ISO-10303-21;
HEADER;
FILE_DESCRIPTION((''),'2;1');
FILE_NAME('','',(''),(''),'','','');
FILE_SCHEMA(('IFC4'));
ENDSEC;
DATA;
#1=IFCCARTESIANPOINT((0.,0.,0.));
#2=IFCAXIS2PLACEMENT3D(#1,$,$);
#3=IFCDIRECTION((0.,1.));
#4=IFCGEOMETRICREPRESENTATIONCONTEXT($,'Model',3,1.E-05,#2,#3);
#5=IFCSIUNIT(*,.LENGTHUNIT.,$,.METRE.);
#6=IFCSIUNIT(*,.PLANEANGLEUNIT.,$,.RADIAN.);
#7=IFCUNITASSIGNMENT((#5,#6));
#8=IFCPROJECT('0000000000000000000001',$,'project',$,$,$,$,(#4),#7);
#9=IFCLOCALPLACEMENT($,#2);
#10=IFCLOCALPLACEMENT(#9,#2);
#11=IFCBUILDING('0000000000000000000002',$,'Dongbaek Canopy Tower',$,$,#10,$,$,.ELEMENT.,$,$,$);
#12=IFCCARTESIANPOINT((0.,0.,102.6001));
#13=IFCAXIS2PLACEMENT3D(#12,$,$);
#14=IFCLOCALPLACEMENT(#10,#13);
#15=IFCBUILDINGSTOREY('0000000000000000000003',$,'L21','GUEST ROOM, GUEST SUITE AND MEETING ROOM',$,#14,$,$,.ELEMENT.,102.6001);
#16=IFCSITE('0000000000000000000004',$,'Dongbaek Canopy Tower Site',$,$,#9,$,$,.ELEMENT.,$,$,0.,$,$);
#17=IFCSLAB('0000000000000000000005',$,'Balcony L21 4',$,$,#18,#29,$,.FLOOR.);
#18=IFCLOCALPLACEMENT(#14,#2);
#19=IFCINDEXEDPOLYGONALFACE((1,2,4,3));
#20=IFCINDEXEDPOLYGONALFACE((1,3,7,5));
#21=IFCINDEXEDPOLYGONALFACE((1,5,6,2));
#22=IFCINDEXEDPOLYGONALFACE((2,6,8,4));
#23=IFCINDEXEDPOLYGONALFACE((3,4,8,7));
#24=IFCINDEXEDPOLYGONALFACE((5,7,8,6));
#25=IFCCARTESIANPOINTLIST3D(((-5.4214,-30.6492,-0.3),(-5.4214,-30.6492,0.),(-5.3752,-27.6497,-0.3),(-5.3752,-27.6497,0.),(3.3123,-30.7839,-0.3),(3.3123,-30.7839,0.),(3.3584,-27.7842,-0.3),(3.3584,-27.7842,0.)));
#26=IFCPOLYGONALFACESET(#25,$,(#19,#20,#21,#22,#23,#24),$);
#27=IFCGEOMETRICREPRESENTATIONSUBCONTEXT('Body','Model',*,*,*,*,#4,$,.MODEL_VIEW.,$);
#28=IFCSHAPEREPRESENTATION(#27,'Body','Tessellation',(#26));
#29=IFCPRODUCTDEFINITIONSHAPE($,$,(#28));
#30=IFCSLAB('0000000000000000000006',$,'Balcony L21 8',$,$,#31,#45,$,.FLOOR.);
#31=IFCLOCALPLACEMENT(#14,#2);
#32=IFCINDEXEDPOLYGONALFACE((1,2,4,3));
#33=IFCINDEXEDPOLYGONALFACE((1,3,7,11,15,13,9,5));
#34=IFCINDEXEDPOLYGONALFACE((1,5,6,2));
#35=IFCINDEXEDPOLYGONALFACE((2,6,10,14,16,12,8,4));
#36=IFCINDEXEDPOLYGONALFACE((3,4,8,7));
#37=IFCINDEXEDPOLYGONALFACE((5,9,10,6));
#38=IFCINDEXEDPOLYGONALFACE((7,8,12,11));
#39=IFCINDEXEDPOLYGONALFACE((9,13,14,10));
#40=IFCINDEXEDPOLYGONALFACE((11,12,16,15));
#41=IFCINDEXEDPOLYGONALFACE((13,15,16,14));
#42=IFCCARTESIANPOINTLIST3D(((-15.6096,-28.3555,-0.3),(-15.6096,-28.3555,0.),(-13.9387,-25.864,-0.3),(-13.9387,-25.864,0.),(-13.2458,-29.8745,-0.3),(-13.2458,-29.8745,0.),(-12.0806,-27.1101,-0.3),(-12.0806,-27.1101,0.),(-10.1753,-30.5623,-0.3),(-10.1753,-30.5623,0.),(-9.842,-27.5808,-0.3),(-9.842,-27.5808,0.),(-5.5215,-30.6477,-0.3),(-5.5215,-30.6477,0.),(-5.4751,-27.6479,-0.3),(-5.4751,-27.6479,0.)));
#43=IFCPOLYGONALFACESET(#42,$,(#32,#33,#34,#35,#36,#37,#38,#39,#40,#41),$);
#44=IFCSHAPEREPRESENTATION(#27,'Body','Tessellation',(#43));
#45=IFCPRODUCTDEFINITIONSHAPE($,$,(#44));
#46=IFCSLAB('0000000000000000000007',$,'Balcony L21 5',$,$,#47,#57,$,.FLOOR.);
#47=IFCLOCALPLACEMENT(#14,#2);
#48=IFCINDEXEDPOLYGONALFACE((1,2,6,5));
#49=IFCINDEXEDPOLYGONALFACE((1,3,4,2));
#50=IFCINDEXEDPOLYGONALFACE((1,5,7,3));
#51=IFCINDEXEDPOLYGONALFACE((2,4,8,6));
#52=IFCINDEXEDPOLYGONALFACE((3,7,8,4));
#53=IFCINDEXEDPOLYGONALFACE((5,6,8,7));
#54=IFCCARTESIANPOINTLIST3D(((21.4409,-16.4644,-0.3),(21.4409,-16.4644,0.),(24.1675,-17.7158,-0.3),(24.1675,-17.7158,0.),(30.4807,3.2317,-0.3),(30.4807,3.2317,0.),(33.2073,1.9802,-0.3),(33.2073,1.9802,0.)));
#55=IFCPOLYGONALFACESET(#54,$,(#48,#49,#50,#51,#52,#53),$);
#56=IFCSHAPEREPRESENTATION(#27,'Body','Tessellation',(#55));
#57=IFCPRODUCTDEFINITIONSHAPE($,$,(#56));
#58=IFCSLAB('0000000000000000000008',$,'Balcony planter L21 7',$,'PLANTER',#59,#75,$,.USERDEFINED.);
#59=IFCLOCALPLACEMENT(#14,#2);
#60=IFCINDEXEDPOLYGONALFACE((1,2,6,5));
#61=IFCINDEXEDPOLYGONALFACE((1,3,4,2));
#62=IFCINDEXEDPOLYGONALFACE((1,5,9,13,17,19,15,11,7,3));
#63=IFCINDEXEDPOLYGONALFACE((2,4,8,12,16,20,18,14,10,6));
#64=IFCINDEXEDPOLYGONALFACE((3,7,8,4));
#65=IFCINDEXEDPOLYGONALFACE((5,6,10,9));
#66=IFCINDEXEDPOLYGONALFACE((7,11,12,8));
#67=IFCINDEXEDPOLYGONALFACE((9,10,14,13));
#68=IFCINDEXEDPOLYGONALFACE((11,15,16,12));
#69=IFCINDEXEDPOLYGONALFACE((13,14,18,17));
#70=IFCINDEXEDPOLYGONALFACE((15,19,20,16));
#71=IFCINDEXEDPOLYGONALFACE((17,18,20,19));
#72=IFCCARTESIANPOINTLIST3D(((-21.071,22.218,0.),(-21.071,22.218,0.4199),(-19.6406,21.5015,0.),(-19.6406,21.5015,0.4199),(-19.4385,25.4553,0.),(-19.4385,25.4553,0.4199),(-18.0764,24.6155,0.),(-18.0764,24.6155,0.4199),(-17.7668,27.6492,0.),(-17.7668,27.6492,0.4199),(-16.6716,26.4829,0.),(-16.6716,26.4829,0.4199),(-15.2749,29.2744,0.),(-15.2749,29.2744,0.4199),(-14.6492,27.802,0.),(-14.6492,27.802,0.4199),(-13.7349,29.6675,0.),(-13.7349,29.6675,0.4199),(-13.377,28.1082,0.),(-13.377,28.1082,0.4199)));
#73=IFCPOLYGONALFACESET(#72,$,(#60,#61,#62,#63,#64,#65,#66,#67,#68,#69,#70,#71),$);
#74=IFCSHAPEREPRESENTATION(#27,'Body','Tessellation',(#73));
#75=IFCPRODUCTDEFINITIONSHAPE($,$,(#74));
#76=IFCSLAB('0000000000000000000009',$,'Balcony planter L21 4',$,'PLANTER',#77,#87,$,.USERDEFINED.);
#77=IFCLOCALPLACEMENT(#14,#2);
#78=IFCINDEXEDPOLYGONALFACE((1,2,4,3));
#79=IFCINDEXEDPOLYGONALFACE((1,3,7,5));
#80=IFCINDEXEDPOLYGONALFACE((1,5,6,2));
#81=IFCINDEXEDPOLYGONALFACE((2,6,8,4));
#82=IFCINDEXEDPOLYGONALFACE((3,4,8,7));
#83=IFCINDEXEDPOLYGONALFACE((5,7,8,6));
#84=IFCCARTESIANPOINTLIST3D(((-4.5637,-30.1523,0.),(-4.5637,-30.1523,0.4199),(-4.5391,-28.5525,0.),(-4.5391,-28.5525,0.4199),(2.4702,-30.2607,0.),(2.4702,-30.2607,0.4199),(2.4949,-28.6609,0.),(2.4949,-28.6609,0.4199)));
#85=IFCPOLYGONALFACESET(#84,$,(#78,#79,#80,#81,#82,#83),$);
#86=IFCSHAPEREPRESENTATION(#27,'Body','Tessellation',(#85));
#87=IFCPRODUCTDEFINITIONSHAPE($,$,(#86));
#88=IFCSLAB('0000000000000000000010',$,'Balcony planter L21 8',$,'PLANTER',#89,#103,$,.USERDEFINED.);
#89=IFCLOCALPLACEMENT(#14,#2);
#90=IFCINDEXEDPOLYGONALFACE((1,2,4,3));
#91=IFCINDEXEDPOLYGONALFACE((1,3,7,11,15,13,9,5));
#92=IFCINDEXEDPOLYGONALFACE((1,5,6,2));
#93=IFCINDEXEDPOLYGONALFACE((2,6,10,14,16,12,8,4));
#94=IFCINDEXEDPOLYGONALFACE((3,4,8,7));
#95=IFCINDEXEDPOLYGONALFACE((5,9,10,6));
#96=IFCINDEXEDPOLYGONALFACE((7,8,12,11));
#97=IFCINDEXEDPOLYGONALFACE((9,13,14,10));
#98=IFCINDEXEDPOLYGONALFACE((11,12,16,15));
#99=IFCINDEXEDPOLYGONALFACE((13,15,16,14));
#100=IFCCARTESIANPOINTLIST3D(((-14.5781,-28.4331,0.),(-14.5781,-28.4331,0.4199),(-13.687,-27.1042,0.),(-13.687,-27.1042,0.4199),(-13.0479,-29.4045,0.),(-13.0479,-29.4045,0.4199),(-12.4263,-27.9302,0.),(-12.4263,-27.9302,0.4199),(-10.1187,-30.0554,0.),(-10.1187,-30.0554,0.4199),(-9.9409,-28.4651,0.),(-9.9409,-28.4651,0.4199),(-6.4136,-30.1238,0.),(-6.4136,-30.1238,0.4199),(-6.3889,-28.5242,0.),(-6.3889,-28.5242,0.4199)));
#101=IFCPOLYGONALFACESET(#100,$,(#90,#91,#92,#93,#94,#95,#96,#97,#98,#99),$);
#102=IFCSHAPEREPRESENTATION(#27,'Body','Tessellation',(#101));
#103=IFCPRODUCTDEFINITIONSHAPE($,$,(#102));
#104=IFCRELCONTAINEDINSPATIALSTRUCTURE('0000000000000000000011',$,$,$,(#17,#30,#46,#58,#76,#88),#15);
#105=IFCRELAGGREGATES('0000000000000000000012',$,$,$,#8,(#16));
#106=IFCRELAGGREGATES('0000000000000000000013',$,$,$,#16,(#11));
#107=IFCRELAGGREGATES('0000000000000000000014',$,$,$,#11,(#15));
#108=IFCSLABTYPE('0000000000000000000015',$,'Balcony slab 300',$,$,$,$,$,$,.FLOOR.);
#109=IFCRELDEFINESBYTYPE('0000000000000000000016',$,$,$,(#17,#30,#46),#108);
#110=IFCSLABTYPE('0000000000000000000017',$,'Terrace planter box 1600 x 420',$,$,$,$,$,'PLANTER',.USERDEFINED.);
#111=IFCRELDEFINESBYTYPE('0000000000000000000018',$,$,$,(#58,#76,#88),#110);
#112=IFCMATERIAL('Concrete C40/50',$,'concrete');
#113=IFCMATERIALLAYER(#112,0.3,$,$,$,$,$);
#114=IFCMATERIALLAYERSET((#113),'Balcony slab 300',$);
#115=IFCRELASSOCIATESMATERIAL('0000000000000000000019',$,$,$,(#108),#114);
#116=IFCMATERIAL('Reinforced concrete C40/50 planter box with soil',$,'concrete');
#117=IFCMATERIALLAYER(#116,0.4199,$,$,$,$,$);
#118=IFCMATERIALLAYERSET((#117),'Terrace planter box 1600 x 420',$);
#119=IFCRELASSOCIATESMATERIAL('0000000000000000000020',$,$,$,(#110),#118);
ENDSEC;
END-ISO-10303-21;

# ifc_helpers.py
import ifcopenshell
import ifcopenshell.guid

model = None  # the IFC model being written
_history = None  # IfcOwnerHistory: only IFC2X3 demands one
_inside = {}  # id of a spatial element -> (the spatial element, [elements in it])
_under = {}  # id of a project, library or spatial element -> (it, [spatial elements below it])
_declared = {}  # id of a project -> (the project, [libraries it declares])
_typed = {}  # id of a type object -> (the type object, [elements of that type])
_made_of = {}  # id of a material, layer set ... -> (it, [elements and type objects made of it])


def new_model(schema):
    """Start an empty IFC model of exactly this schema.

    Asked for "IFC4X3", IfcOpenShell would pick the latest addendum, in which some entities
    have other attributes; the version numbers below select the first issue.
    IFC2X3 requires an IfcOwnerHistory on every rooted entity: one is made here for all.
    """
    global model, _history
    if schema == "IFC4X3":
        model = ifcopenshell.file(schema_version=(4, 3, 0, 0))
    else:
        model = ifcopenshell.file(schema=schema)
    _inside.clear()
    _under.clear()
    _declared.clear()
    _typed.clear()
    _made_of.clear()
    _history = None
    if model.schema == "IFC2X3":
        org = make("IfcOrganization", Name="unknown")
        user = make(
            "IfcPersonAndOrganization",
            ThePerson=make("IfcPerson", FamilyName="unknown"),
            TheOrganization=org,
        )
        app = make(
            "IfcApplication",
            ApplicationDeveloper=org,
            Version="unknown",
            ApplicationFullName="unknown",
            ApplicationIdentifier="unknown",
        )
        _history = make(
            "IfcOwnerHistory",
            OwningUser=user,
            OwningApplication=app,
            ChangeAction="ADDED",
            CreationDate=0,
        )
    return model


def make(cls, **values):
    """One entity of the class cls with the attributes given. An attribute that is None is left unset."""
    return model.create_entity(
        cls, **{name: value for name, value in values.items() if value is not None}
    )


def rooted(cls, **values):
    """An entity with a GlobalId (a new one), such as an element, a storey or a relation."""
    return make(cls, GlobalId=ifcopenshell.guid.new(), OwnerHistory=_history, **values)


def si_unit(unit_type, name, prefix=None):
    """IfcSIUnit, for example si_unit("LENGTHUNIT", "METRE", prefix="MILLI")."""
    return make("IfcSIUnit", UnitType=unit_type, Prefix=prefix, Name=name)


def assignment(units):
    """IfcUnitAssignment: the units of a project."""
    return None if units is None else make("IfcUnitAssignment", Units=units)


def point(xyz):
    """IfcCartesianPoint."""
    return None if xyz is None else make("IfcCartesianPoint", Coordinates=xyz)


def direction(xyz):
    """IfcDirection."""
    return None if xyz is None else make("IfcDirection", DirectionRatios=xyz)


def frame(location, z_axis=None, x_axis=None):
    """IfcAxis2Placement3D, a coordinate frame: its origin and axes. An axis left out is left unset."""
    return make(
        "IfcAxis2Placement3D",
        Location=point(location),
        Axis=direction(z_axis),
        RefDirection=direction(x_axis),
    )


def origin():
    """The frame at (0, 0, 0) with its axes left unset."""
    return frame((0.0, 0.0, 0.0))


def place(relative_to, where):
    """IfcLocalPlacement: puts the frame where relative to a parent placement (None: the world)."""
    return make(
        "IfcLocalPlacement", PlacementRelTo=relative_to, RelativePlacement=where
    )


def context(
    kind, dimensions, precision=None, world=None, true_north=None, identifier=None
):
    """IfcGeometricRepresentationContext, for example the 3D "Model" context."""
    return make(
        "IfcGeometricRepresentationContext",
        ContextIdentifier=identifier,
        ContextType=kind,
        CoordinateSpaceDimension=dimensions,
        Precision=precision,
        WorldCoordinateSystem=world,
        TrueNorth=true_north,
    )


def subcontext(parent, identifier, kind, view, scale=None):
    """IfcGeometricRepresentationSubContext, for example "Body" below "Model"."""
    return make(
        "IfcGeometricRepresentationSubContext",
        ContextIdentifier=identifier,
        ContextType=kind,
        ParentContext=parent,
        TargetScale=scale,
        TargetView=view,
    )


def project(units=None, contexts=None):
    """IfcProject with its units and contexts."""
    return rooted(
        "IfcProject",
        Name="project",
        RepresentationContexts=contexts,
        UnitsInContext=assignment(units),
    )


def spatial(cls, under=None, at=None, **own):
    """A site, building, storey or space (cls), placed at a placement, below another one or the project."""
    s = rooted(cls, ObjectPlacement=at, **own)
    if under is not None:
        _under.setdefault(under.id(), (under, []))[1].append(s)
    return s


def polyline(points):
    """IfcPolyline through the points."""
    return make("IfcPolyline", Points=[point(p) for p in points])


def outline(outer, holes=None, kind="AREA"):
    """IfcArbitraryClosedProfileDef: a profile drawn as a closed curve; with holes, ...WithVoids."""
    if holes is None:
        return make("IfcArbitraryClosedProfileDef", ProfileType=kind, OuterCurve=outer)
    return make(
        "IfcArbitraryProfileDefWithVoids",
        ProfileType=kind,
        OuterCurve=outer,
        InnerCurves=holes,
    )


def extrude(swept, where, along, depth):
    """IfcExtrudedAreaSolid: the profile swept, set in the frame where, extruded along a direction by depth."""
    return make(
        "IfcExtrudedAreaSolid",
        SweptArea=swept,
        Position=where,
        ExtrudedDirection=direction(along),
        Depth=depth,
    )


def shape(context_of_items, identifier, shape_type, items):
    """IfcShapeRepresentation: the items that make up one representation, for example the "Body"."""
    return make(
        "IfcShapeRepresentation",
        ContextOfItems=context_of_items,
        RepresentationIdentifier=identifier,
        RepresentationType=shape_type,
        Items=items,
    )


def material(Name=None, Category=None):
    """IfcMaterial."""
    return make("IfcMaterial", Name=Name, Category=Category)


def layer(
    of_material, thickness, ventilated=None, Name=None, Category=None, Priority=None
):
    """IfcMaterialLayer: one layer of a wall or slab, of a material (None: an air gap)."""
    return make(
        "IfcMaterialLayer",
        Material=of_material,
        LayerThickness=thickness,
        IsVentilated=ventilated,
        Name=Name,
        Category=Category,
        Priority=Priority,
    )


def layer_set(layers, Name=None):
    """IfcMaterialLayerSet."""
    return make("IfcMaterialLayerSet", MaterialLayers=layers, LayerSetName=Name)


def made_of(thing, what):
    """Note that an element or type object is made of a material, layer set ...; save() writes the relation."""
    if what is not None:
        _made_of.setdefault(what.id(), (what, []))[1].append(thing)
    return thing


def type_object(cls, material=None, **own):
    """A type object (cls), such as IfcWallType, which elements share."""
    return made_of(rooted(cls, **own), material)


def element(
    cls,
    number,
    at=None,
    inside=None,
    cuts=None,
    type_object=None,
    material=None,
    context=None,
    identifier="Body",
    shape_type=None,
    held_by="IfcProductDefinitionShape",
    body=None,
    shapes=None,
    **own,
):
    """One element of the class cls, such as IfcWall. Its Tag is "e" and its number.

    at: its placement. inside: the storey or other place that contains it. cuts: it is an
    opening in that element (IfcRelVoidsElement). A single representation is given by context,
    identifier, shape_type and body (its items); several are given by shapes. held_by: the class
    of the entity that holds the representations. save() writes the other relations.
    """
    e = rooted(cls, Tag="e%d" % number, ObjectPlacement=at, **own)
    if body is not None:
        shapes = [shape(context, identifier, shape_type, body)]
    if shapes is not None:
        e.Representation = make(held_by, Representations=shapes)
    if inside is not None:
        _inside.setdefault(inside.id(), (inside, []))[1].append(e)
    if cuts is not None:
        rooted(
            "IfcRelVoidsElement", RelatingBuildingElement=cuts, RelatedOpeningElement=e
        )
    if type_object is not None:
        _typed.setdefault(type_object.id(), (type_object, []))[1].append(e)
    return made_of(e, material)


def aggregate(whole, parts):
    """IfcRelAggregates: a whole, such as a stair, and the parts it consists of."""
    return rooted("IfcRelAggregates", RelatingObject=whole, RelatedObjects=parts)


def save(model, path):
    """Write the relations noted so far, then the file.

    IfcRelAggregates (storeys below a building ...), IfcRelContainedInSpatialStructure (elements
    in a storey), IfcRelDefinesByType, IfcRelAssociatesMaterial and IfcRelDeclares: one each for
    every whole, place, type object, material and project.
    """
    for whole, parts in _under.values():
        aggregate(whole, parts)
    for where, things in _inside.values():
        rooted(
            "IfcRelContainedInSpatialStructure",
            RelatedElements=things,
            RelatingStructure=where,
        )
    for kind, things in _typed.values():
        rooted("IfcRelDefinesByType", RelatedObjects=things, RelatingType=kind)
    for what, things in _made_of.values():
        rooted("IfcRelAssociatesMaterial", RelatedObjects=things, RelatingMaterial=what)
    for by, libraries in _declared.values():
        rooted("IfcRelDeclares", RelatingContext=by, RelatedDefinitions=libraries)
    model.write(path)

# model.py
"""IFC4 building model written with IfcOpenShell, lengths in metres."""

from ifc_helpers import new_model, si_unit, direction, frame, origin, place, context, subcontext, project, spatial, polyline, outline, extrude, material, layer, layer_set, type_object, element, save


model = new_model("IFC4")

# Units and contexts
model_context = context("Model", 3, precision=1e-05, world=origin(), true_north=direction((0.0, 1.0)))
body_context = subcontext(model_context, "Body", "Model", "MODEL_VIEW")
ifc_project = project(units=[si_unit("LENGTHUNIT", "METRE"), si_unit("PLANEANGLEUNIT", "RADIAN")], contexts=[model_context])

# Site, building, storey
site_placement = place(None, origin())
site = spatial("IfcSite", under=ifc_project, at=site_placement, Name="Dongbaek Canopy Tower Site", CompositionType="ELEMENT", RefElevation=0.0)
building_placement = place(site_placement, origin())
building = spatial("IfcBuilding", under=site, at=building_placement, Name="Dongbaek Canopy Tower", CompositionType="ELEMENT")
storey_placement = place(building_placement, frame((0.0, 0.0, 102.6001)))
storey = spatial("IfcBuildingStorey", under=building, at=storey_placement, Name="L21", Description="GUEST ROOM, GUEST SUITE AND MEETING ROOM", CompositionType="ELEMENT", Elevation=102.6001)

# Slabs
ifc_material_1 = material(Name="Concrete C40/50", Category="concrete")
ifc_layer_1 = layer(ifc_material_1, 0.3)
ifc_layer_set_1 = layer_set([ifc_layer_1], Name="Balcony slab 300")
slab_type_1 = type_object("IfcSlabType", Name="Balcony slab 300", PredefinedType="FLOOR", material=ifc_layer_set_1)
slab_1_placement = place(storey_placement, frame((0.0, 0.0, -0.3)))
element("IfcSlab", 1, at=slab_1_placement, inside=storey, type_object=slab_type_1, Name="Balcony L21 4", PredefinedType="FLOOR", context=body_context, shape_type="SweptSolid", body=[
    extrude(outline(polyline([(-5.3752, -27.6497), (3.3584, -27.7842), (3.3123, -30.7839), (-5.4214, -30.6492), (-5.3752, -27.6497)])), origin(), (0.0, 0.0, 1.0), 0.3),
])
slab_2_placement = place(storey_placement, frame((0.0, 0.0, -0.3)))
element("IfcSlab", 2, at=slab_2_placement, inside=storey, type_object=slab_type_1, Name="Balcony L21 8", PredefinedType="FLOOR", context=body_context, shape_type="SweptSolid", body=[
    extrude(outline(polyline([(-13.9387, -25.864), (-12.0806, -27.1101), (-9.842, -27.5808), (-5.4751, -27.6479), (-5.5215, -30.6477), (-10.1753, -30.5623), (-13.2458, -29.8745), (-15.6096, -28.3555), (-13.9387, -25.864)])), origin(), (0.0, 0.0, 1.0), 0.3),
])
slab_3_placement = place(storey_placement, frame((0.0, 0.0, -0.3)))
element("IfcSlab", 3, at=slab_3_placement, inside=storey, type_object=slab_type_1, Name="Balcony L21 5", PredefinedType="FLOOR", context=body_context, shape_type="SweptSolid", body=[
    extrude(outline(polyline([(21.4409, -16.4644), (30.4807, 3.2317), (33.2073, 1.9802), (24.1675, -17.7158), (21.4409, -16.4644)])), origin(), (0.0, 0.0, 1.0), 0.3),
])
ifc_material_2 = material(Name="Reinforced concrete C40/50 planter box with soil", Category="concrete")
ifc_layer_2 = layer(ifc_material_2, 0.4199)
ifc_layer_set_2 = layer_set([ifc_layer_2], Name="Terrace planter box 1600 x 420")
slab_type_2 = type_object("IfcSlabType", Name="Terrace planter box 1600 x 420", ElementType="PLANTER", PredefinedType="USERDEFINED", material=ifc_layer_set_2)
slab_4_placement = place(storey_placement, origin())
element("IfcSlab", 4, at=slab_4_placement, inside=storey, type_object=slab_type_2, Name="Balcony planter L21 7", ObjectType="PLANTER", PredefinedType="USERDEFINED", context=body_context, shape_type="SweptSolid", body=[
    extrude(outline(polyline([(-13.377, 28.1082), (-14.6492, 27.802), (-16.6716, 26.4829), (-18.0764, 24.6155), (-19.6406, 21.5015), (-21.071, 22.218), (-19.4385, 25.4553), (-17.7668, 27.6492), (-15.2749, 29.2744), (-13.7349, 29.6675), (-13.377, 28.1082)])), origin(), (0.0, 0.0, 1.0), 0.4199),
])
slab_5_placement = place(storey_placement, origin())
element("IfcSlab", 5, at=slab_5_placement, inside=storey, type_object=slab_type_2, Name="Balcony planter L21 4", ObjectType="PLANTER", PredefinedType="USERDEFINED", context=body_context, shape_type="SweptSolid", body=[
    extrude(outline(polyline([(-4.5391, -28.5525), (2.4949, -28.6609), (2.4702, -30.2607), (-4.5637, -30.1523), (-4.5391, -28.5525)])), origin(), (0.0, 0.0, 1.0), 0.4199),
])
slab_6_placement = place(storey_placement, origin())
element("IfcSlab", 6, at=slab_6_placement, inside=storey, type_object=slab_type_2, Name="Balcony planter L21 8", ObjectType="PLANTER", PredefinedType="USERDEFINED", context=body_context, shape_type="SweptSolid", body=[
    extrude(outline(polyline([(-13.687, -27.1042), (-12.4263, -27.9302), (-9.9409, -28.4651), (-6.3889, -28.5242), (-6.4136, -30.1238), (-10.1187, -30.0554), (-13.0479, -29.4045), (-14.5781, -28.4331), (-13.687, -27.1042)])), origin(), (0.0, 0.0, 1.0), 0.4199),
])

save(model, "model.ifc")
